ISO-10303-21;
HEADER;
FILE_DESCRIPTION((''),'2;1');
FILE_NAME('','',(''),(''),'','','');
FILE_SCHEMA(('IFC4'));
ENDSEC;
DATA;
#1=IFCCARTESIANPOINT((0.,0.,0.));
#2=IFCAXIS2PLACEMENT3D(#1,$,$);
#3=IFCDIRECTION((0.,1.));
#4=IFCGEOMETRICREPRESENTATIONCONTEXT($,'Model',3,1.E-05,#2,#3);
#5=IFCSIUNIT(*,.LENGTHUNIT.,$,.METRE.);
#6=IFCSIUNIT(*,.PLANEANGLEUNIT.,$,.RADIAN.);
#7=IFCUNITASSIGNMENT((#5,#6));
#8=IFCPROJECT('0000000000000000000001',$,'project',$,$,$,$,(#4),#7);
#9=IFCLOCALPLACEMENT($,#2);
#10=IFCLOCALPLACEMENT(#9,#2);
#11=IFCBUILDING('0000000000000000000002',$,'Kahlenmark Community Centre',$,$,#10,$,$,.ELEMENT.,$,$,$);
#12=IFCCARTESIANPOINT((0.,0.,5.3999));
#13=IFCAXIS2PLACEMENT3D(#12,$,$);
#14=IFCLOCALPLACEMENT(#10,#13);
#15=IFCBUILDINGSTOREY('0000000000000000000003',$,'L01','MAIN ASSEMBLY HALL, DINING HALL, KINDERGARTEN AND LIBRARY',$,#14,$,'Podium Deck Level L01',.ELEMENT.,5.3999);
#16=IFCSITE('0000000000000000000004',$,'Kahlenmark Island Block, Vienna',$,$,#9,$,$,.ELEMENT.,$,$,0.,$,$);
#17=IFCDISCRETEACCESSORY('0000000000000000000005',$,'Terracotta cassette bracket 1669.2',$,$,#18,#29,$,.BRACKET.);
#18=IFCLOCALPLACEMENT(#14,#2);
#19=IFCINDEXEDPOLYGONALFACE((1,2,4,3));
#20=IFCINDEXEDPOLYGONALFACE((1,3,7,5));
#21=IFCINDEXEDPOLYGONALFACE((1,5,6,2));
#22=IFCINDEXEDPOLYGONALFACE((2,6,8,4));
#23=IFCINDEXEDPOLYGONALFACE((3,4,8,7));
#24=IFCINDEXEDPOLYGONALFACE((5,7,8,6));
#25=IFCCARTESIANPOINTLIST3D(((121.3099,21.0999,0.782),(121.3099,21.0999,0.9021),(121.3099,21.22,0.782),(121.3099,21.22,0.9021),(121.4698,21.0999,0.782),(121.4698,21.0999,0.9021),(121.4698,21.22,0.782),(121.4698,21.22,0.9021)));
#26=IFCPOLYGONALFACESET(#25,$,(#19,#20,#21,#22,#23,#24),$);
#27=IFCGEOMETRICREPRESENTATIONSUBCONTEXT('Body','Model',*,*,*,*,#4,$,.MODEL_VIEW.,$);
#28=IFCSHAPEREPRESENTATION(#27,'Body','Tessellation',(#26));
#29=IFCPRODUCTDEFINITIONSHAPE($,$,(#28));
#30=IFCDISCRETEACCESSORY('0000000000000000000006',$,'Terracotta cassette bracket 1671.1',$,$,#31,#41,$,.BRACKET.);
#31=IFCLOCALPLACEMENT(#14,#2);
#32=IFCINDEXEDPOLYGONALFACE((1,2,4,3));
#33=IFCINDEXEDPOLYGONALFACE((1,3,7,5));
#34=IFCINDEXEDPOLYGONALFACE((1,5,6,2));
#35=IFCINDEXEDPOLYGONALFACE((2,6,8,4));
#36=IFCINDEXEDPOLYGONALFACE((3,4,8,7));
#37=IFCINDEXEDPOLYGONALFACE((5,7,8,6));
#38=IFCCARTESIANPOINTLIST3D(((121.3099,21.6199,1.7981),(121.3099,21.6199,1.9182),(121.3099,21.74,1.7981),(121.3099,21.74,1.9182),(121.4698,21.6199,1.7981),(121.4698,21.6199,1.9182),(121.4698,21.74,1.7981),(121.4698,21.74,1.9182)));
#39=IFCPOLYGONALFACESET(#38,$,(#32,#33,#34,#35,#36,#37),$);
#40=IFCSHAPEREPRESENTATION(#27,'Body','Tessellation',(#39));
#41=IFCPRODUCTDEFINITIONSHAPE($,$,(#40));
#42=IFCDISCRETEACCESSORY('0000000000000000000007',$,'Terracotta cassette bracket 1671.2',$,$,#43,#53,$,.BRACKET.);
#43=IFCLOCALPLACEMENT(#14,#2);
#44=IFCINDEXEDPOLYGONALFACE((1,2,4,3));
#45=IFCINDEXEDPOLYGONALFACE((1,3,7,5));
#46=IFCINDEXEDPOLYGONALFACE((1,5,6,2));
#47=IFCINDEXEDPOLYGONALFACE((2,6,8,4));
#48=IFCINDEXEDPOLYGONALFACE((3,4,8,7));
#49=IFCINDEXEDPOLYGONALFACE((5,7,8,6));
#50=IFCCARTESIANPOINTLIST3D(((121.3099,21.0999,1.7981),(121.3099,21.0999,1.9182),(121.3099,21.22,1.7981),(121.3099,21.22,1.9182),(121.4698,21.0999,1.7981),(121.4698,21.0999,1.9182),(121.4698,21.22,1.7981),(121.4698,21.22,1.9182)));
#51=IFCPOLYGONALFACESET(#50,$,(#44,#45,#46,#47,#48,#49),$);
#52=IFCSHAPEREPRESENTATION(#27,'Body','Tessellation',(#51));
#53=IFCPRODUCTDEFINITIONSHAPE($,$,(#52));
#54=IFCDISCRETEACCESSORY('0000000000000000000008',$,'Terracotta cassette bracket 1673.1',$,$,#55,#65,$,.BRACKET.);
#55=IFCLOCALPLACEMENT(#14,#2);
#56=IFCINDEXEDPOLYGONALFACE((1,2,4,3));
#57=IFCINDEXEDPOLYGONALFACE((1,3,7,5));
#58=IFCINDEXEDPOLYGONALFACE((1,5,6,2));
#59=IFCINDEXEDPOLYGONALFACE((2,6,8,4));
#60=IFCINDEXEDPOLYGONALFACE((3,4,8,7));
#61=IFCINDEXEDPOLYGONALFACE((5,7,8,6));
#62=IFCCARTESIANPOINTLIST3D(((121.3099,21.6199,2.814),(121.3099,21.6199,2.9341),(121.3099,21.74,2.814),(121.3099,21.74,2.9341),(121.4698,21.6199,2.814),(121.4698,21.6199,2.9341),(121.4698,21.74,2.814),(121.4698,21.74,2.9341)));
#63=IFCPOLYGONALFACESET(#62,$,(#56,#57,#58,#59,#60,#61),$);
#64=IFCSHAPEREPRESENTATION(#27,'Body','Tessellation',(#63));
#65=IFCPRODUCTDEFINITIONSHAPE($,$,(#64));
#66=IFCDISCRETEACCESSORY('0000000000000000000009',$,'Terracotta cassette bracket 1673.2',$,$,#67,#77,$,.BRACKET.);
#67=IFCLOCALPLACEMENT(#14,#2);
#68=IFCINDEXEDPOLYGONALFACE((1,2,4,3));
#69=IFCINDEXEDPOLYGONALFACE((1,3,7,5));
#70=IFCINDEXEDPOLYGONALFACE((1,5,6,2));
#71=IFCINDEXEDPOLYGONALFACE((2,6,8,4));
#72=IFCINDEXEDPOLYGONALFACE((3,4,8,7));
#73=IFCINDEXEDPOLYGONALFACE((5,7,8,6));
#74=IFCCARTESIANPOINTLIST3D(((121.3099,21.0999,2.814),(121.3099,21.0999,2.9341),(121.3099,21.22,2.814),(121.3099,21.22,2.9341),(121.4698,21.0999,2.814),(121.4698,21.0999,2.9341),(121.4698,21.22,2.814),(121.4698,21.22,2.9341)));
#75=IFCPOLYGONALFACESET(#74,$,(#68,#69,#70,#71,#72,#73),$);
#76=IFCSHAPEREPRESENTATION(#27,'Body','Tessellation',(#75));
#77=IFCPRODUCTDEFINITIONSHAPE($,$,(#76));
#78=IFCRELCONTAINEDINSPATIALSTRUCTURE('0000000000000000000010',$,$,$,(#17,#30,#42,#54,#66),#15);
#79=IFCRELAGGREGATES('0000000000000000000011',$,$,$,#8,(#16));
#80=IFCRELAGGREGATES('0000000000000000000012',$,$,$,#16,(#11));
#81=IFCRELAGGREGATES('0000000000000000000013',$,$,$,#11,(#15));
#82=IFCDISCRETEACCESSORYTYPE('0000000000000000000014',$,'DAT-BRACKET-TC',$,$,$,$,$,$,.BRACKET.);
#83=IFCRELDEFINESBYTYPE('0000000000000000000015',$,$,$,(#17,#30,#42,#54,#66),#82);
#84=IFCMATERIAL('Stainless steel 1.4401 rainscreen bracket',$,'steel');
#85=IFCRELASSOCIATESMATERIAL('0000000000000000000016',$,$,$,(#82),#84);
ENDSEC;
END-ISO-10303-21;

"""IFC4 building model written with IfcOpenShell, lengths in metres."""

from ifc_helpers import new_model, si_unit, direction, frame, origin, origin_2d, place, context, subcontext, project, spatial, rectangle, extrude, material, type_object, element, save


model = new_model("IFC4")

# Units and contexts
model_context = context("Model", 3, precision=1e-05, world=origin(), true_north=direction((0.0, 1.0)))
body_context = subcontext(model_context, "Body", "Model", "MODEL_VIEW")
ifc_project = project(units=[si_unit("LENGTHUNIT", "METRE"), si_unit("PLANEANGLEUNIT", "RADIAN")], contexts=[model_context])

# Site, building, storey
site_placement = place(None, origin())
site = spatial("IfcSite", under=ifc_project, at=site_placement, Name="Kahlenmark Island Block, Vienna", CompositionType="ELEMENT", RefElevation=0.0)
building_placement = place(site_placement, origin())
building = spatial("IfcBuilding", under=site, at=building_placement, Name="Kahlenmark Community Centre", CompositionType="ELEMENT")
storey_placement = place(building_placement, frame((0.0, 0.0, 5.3999)))
storey = spatial("IfcBuildingStorey", under=building, at=storey_placement, Name="L01", Description="MAIN ASSEMBLY HALL, DINING HALL, KINDERGARTEN AND LIBRARY", LongName="Podium Deck Level L01", CompositionType="ELEMENT", Elevation=5.3999)

# Discrete accessories
ifc_material_1 = material(Name="Stainless steel 1.4401 rainscreen bracket", Category="steel")
discrete_accessory_type = type_object("IfcDiscreteAccessoryType", Name="DAT-BRACKET-TC", PredefinedType="BRACKET", material=ifc_material_1)
for number, where, z_axis, x_axis, name in (
    (1, (121.3899, 21.1599, 0.782), (0.0, 0.0, 1.0), (0.0, -1.0, 0.0), "Terracotta cassette bracket 1669.2"),
    (2, (121.3899, 21.6799, 1.7981), (0.0, 0.0, 1.0), (0.0, -1.0, 0.0), "Terracotta cassette bracket 1671.1"),
    (3, (121.3899, 21.1599, 1.7981), (0.0, 0.0, 1.0), (0.0, -1.0, 0.0), "Terracotta cassette bracket 1671.2"),
    (4, (121.3899, 21.6799, 2.814), (0.0, 0.0, 1.0), (0.0, -1.0, 0.0), "Terracotta cassette bracket 1673.1"),
    (5, (121.3899, 21.1599, 2.814), (0.0, 0.0, 1.0), (0.0, -1.0, 0.0), "Terracotta cassette bracket 1673.2"),
):
    element("IfcDiscreteAccessory", number, at=place(storey_placement, frame(where, z_axis=z_axis, x_axis=x_axis)), inside=storey, type_object=discrete_accessory_type, Name=name, PredefinedType="BRACKET", context=body_context, shape_type="SweptSolid", body=[
        extrude(rectangle(XDim=0.1201, YDim=0.1599, at=origin_2d()), origin(), (0.0, 0.0, 1.0), 0.1201),
    ])

save(model, "model.ifc")
